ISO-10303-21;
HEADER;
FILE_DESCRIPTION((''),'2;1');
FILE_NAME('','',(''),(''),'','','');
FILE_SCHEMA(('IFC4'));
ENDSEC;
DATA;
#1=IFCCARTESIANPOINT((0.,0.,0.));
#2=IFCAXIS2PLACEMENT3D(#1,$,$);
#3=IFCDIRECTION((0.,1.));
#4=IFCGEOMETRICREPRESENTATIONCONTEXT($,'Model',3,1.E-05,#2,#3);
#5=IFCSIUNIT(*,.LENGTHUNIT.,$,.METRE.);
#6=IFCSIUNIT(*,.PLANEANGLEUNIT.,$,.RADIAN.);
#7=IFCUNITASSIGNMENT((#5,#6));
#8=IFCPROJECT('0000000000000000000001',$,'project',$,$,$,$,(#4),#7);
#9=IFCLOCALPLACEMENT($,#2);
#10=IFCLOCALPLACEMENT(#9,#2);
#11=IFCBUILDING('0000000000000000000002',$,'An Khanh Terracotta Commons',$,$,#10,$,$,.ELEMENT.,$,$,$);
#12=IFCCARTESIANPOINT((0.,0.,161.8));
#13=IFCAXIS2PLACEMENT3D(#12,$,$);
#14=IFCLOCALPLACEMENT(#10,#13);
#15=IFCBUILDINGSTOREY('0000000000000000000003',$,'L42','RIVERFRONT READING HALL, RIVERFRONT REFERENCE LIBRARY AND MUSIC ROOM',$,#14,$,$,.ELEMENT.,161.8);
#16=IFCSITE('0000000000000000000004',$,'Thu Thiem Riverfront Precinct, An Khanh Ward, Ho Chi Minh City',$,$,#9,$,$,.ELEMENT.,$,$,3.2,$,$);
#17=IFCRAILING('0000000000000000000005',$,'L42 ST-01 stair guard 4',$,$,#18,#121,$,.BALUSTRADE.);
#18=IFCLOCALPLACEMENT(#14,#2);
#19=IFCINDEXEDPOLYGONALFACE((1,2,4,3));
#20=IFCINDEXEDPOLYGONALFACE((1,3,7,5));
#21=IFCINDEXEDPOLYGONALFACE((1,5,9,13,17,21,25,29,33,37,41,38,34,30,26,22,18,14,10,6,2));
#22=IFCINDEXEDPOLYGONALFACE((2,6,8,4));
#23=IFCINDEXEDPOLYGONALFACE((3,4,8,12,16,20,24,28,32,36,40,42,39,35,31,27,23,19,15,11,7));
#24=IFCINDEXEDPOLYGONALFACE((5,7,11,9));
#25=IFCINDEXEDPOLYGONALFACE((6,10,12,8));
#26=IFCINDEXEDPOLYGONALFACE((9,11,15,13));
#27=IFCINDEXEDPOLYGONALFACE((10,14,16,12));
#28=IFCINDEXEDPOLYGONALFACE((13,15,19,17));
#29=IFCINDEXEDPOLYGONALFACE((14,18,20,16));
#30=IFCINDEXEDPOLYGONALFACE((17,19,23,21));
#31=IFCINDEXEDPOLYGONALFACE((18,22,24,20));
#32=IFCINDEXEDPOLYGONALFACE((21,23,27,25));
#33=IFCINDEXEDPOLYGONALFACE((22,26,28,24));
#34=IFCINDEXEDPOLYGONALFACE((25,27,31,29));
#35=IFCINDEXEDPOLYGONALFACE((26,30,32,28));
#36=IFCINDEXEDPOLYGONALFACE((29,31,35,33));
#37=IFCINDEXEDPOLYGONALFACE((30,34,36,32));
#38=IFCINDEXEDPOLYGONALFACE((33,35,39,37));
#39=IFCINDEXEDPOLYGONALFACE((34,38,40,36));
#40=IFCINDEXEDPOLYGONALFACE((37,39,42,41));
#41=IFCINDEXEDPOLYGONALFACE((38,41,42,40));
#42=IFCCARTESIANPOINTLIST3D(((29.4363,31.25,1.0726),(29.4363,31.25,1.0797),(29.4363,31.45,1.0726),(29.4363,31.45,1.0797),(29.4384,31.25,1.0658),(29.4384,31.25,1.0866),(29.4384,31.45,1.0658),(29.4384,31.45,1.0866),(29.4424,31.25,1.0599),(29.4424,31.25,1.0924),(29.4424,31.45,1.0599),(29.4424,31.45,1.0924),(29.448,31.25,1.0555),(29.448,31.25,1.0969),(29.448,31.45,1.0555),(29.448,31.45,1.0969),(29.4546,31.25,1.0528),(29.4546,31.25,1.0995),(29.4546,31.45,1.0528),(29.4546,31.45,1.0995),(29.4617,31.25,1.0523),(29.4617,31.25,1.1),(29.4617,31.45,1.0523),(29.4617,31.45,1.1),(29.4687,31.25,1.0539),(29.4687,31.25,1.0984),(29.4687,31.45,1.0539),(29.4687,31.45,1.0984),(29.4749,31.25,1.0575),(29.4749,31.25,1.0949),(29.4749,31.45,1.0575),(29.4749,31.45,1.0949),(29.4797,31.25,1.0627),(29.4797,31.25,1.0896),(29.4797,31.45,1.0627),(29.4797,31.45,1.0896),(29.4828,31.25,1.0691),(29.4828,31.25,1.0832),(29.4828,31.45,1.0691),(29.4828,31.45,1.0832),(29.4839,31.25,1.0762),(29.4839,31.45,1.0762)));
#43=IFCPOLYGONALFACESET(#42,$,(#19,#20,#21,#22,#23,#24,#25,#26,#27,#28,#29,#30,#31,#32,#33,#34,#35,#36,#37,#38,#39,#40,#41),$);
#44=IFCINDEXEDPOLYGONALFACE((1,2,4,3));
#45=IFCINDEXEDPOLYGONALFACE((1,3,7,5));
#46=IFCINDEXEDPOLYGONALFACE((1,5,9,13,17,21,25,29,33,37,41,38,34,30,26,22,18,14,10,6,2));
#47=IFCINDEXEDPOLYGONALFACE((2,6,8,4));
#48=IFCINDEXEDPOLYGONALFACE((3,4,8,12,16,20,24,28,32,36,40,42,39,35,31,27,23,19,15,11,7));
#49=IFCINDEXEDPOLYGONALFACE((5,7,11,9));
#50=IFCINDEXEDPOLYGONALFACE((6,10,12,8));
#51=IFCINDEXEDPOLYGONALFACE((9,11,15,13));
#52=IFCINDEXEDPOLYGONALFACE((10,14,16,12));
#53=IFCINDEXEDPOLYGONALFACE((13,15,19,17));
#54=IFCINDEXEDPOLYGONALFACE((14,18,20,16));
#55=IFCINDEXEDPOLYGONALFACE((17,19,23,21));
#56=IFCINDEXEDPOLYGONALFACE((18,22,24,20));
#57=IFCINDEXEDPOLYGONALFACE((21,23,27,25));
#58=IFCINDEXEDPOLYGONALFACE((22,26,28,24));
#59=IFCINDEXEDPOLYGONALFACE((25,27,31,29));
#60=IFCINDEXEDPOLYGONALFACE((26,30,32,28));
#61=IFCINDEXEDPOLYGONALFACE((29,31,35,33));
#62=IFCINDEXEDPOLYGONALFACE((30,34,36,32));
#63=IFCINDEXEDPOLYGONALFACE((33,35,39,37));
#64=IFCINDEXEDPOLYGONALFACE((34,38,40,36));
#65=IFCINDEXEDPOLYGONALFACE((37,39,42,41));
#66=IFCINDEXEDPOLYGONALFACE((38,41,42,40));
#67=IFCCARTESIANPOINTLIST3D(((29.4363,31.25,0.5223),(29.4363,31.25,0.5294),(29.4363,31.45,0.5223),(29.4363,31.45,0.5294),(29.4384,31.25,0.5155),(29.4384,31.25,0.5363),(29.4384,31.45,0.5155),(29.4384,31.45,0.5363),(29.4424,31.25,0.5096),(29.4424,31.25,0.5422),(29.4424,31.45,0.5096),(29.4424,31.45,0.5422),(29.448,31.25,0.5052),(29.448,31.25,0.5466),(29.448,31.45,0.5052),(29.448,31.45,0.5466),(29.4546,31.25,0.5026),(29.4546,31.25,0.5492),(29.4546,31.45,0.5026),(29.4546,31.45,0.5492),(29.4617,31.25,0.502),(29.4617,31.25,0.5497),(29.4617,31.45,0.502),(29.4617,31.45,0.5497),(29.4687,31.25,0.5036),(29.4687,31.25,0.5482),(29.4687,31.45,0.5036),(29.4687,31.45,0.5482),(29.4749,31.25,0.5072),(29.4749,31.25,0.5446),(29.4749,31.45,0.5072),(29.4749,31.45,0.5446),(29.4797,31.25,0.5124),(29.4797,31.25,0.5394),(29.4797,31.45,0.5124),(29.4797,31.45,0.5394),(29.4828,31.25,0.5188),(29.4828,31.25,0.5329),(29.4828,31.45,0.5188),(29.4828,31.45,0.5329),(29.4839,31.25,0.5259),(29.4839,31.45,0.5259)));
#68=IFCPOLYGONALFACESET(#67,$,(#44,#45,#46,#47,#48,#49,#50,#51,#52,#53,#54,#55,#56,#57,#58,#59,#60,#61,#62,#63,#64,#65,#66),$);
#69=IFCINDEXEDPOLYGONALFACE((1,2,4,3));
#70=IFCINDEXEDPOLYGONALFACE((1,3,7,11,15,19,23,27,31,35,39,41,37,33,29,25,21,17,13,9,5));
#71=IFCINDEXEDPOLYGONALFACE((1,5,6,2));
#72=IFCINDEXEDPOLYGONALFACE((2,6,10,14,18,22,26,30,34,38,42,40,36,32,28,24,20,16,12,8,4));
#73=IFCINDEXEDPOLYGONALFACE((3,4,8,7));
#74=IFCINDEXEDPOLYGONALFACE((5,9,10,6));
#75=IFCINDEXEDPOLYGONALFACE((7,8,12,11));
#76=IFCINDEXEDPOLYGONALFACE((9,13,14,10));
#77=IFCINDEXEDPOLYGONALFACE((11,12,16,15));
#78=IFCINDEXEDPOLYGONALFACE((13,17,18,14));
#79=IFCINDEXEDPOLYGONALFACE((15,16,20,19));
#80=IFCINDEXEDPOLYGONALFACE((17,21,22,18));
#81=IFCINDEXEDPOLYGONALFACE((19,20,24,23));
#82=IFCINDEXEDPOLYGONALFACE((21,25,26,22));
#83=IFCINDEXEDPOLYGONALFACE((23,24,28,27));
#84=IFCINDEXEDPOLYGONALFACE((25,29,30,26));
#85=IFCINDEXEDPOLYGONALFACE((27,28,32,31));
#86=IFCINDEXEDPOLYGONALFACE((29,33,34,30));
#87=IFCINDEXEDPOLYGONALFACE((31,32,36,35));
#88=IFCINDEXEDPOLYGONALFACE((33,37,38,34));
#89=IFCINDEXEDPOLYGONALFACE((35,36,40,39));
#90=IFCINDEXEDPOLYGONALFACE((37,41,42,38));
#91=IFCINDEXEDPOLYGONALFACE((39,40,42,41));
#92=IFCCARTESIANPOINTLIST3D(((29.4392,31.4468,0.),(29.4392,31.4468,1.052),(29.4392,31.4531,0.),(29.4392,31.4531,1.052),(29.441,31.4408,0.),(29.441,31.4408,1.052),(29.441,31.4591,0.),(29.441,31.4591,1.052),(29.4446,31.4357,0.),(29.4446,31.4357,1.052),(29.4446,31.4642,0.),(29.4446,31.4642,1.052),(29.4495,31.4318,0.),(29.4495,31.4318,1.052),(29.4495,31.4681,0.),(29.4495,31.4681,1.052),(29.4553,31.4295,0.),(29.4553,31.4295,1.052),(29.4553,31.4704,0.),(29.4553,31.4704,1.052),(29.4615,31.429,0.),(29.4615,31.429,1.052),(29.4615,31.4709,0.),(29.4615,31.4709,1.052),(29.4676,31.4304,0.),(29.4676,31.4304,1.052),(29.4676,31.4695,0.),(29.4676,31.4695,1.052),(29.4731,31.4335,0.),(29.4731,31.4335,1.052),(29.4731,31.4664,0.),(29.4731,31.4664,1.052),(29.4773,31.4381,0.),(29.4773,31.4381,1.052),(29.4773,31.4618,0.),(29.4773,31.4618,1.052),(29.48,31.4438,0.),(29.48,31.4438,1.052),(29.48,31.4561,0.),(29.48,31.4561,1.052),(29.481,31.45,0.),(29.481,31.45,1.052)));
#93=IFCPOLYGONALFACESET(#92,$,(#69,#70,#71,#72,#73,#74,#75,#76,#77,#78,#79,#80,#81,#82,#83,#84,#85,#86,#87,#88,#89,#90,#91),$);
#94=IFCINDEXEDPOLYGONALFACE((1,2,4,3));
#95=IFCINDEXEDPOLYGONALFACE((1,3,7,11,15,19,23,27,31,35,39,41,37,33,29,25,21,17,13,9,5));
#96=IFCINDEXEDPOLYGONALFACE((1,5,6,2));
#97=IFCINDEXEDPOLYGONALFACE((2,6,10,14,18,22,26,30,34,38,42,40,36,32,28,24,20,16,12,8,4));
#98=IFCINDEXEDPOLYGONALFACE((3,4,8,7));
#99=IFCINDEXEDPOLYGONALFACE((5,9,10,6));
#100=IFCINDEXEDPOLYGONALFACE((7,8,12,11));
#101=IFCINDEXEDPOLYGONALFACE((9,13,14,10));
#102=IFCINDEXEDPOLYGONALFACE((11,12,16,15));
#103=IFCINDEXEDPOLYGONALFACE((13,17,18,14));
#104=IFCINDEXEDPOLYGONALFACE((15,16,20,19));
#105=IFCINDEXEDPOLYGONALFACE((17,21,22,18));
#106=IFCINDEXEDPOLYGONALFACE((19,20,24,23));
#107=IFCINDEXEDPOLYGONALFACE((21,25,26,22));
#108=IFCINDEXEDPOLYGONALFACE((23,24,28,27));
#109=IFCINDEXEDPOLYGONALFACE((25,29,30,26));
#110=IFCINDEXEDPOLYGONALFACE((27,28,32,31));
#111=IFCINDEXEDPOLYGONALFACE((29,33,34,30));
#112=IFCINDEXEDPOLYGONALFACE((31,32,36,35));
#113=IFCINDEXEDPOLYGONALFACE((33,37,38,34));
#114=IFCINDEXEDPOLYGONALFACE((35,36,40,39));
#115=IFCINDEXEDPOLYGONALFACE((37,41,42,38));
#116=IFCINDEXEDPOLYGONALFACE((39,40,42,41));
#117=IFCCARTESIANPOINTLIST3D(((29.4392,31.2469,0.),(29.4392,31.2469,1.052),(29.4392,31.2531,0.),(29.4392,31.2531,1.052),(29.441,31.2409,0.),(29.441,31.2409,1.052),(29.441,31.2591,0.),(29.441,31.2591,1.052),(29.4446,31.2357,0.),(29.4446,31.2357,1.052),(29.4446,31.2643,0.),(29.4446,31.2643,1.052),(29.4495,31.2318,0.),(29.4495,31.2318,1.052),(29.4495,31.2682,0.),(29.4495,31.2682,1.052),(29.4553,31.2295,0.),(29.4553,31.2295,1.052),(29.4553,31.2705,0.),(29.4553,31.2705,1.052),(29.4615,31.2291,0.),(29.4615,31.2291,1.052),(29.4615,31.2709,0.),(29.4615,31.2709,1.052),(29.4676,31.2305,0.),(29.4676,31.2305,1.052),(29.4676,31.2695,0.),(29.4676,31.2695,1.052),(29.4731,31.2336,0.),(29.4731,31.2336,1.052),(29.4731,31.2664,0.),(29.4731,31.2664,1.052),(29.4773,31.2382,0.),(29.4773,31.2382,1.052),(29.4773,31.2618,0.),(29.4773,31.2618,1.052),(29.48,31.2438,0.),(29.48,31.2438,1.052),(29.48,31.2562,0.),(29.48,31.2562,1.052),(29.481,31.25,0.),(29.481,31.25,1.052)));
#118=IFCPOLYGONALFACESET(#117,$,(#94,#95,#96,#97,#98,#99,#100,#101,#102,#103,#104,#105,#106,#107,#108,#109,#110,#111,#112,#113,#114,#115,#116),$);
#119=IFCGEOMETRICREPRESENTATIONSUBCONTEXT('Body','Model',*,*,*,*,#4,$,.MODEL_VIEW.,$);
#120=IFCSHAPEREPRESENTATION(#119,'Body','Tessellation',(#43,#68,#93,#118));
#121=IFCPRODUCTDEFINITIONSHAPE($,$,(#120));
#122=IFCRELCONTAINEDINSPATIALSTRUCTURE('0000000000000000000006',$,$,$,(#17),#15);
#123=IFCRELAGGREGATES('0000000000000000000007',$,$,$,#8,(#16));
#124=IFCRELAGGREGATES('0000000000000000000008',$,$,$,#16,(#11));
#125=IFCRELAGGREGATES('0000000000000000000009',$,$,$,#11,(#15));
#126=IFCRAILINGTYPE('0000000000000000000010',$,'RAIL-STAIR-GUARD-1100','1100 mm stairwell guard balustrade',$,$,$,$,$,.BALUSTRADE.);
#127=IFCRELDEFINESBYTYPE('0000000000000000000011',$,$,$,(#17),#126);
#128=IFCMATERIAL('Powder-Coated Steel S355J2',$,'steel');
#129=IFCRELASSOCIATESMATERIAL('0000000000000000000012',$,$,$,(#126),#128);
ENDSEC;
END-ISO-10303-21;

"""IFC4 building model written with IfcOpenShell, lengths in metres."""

from ifc_helpers import new_model, si_unit, direction, frame, origin, origin_2d, place, context, subcontext, project, spatial, circle, extrude, material, type_object, element, save


model = new_model("IFC4")

# Units and contexts
model_context = context("Model", 3, precision=1e-05, world=origin(), true_north=direction((0.0, 1.0)))
body_context = subcontext(model_context, "Body", "Model", "MODEL_VIEW")
ifc_project = project(units=[si_unit("LENGTHUNIT", "METRE"), si_unit("PLANEANGLEUNIT", "RADIAN")], contexts=[model_context])

# Site, building, storey
site_placement = place(None, origin())
site = spatial("IfcSite", under=ifc_project, at=site_placement, Name="Thu Thiem Riverfront Precinct, An Khanh Ward, Ho Chi Minh City", CompositionType="ELEMENT", RefElevation=3.2)
building_placement = place(site_placement, origin())
building = spatial("IfcBuilding", under=site, at=building_placement, Name="An Khanh Terracotta Commons", CompositionType="ELEMENT")
storey_placement = place(building_placement, frame((0.0, 0.0, 161.8)))
storey = spatial("IfcBuildingStorey", under=building, at=storey_placement, Name="L42", Description="RIVERFRONT READING HALL, RIVERFRONT REFERENCE LIBRARY AND MUSIC ROOM", CompositionType="ELEMENT", Elevation=161.8)

# Railing
ifc_material_1 = material(Name="Powder-Coated Steel S355J2", Category="steel")
railing_type_1 = type_object("IfcRailingType", Name="RAIL-STAIR-GUARD-1100", Description="1100 mm stairwell guard balustrade", PredefinedType="BALUSTRADE", material=ifc_material_1)
railing_1_placement = place(storey_placement, frame((29.46, 31.45, 0.0)))
element("IfcRailing", 1, at=railing_1_placement, inside=storey, type_object=railing_type_1, Name="L42 ST-01 stair guard 4", PredefinedType="BALUSTRADE", context=body_context, shape_type="SweptSolid", body=[
    extrude(circle(Radius=0.0239, at=origin_2d()), frame((0.0, 0.0, 1.0762), z_axis=(0.0, -1.0, 0.0), x_axis=(1.0, 0.0, 0.0)), (0.0, 0.0, 1.0), 0.2),
    extrude(circle(Radius=0.0239, at=origin_2d()), frame((0.0, 0.0, 0.5259), z_axis=(0.0, -1.0, 0.0), x_axis=(1.0, 0.0, 0.0)), (0.0, 0.0, 1.0), 0.2),
    extrude(circle(Radius=0.021, at=origin_2d()), origin(), (0.0, 0.0, 1.0), 1.052),
    extrude(circle(Radius=0.021, at=origin_2d()), frame((0.0, -0.2, 0.0)), (0.0, 0.0, 1.0), 1.052),
])

save(model, "model.ifc")
